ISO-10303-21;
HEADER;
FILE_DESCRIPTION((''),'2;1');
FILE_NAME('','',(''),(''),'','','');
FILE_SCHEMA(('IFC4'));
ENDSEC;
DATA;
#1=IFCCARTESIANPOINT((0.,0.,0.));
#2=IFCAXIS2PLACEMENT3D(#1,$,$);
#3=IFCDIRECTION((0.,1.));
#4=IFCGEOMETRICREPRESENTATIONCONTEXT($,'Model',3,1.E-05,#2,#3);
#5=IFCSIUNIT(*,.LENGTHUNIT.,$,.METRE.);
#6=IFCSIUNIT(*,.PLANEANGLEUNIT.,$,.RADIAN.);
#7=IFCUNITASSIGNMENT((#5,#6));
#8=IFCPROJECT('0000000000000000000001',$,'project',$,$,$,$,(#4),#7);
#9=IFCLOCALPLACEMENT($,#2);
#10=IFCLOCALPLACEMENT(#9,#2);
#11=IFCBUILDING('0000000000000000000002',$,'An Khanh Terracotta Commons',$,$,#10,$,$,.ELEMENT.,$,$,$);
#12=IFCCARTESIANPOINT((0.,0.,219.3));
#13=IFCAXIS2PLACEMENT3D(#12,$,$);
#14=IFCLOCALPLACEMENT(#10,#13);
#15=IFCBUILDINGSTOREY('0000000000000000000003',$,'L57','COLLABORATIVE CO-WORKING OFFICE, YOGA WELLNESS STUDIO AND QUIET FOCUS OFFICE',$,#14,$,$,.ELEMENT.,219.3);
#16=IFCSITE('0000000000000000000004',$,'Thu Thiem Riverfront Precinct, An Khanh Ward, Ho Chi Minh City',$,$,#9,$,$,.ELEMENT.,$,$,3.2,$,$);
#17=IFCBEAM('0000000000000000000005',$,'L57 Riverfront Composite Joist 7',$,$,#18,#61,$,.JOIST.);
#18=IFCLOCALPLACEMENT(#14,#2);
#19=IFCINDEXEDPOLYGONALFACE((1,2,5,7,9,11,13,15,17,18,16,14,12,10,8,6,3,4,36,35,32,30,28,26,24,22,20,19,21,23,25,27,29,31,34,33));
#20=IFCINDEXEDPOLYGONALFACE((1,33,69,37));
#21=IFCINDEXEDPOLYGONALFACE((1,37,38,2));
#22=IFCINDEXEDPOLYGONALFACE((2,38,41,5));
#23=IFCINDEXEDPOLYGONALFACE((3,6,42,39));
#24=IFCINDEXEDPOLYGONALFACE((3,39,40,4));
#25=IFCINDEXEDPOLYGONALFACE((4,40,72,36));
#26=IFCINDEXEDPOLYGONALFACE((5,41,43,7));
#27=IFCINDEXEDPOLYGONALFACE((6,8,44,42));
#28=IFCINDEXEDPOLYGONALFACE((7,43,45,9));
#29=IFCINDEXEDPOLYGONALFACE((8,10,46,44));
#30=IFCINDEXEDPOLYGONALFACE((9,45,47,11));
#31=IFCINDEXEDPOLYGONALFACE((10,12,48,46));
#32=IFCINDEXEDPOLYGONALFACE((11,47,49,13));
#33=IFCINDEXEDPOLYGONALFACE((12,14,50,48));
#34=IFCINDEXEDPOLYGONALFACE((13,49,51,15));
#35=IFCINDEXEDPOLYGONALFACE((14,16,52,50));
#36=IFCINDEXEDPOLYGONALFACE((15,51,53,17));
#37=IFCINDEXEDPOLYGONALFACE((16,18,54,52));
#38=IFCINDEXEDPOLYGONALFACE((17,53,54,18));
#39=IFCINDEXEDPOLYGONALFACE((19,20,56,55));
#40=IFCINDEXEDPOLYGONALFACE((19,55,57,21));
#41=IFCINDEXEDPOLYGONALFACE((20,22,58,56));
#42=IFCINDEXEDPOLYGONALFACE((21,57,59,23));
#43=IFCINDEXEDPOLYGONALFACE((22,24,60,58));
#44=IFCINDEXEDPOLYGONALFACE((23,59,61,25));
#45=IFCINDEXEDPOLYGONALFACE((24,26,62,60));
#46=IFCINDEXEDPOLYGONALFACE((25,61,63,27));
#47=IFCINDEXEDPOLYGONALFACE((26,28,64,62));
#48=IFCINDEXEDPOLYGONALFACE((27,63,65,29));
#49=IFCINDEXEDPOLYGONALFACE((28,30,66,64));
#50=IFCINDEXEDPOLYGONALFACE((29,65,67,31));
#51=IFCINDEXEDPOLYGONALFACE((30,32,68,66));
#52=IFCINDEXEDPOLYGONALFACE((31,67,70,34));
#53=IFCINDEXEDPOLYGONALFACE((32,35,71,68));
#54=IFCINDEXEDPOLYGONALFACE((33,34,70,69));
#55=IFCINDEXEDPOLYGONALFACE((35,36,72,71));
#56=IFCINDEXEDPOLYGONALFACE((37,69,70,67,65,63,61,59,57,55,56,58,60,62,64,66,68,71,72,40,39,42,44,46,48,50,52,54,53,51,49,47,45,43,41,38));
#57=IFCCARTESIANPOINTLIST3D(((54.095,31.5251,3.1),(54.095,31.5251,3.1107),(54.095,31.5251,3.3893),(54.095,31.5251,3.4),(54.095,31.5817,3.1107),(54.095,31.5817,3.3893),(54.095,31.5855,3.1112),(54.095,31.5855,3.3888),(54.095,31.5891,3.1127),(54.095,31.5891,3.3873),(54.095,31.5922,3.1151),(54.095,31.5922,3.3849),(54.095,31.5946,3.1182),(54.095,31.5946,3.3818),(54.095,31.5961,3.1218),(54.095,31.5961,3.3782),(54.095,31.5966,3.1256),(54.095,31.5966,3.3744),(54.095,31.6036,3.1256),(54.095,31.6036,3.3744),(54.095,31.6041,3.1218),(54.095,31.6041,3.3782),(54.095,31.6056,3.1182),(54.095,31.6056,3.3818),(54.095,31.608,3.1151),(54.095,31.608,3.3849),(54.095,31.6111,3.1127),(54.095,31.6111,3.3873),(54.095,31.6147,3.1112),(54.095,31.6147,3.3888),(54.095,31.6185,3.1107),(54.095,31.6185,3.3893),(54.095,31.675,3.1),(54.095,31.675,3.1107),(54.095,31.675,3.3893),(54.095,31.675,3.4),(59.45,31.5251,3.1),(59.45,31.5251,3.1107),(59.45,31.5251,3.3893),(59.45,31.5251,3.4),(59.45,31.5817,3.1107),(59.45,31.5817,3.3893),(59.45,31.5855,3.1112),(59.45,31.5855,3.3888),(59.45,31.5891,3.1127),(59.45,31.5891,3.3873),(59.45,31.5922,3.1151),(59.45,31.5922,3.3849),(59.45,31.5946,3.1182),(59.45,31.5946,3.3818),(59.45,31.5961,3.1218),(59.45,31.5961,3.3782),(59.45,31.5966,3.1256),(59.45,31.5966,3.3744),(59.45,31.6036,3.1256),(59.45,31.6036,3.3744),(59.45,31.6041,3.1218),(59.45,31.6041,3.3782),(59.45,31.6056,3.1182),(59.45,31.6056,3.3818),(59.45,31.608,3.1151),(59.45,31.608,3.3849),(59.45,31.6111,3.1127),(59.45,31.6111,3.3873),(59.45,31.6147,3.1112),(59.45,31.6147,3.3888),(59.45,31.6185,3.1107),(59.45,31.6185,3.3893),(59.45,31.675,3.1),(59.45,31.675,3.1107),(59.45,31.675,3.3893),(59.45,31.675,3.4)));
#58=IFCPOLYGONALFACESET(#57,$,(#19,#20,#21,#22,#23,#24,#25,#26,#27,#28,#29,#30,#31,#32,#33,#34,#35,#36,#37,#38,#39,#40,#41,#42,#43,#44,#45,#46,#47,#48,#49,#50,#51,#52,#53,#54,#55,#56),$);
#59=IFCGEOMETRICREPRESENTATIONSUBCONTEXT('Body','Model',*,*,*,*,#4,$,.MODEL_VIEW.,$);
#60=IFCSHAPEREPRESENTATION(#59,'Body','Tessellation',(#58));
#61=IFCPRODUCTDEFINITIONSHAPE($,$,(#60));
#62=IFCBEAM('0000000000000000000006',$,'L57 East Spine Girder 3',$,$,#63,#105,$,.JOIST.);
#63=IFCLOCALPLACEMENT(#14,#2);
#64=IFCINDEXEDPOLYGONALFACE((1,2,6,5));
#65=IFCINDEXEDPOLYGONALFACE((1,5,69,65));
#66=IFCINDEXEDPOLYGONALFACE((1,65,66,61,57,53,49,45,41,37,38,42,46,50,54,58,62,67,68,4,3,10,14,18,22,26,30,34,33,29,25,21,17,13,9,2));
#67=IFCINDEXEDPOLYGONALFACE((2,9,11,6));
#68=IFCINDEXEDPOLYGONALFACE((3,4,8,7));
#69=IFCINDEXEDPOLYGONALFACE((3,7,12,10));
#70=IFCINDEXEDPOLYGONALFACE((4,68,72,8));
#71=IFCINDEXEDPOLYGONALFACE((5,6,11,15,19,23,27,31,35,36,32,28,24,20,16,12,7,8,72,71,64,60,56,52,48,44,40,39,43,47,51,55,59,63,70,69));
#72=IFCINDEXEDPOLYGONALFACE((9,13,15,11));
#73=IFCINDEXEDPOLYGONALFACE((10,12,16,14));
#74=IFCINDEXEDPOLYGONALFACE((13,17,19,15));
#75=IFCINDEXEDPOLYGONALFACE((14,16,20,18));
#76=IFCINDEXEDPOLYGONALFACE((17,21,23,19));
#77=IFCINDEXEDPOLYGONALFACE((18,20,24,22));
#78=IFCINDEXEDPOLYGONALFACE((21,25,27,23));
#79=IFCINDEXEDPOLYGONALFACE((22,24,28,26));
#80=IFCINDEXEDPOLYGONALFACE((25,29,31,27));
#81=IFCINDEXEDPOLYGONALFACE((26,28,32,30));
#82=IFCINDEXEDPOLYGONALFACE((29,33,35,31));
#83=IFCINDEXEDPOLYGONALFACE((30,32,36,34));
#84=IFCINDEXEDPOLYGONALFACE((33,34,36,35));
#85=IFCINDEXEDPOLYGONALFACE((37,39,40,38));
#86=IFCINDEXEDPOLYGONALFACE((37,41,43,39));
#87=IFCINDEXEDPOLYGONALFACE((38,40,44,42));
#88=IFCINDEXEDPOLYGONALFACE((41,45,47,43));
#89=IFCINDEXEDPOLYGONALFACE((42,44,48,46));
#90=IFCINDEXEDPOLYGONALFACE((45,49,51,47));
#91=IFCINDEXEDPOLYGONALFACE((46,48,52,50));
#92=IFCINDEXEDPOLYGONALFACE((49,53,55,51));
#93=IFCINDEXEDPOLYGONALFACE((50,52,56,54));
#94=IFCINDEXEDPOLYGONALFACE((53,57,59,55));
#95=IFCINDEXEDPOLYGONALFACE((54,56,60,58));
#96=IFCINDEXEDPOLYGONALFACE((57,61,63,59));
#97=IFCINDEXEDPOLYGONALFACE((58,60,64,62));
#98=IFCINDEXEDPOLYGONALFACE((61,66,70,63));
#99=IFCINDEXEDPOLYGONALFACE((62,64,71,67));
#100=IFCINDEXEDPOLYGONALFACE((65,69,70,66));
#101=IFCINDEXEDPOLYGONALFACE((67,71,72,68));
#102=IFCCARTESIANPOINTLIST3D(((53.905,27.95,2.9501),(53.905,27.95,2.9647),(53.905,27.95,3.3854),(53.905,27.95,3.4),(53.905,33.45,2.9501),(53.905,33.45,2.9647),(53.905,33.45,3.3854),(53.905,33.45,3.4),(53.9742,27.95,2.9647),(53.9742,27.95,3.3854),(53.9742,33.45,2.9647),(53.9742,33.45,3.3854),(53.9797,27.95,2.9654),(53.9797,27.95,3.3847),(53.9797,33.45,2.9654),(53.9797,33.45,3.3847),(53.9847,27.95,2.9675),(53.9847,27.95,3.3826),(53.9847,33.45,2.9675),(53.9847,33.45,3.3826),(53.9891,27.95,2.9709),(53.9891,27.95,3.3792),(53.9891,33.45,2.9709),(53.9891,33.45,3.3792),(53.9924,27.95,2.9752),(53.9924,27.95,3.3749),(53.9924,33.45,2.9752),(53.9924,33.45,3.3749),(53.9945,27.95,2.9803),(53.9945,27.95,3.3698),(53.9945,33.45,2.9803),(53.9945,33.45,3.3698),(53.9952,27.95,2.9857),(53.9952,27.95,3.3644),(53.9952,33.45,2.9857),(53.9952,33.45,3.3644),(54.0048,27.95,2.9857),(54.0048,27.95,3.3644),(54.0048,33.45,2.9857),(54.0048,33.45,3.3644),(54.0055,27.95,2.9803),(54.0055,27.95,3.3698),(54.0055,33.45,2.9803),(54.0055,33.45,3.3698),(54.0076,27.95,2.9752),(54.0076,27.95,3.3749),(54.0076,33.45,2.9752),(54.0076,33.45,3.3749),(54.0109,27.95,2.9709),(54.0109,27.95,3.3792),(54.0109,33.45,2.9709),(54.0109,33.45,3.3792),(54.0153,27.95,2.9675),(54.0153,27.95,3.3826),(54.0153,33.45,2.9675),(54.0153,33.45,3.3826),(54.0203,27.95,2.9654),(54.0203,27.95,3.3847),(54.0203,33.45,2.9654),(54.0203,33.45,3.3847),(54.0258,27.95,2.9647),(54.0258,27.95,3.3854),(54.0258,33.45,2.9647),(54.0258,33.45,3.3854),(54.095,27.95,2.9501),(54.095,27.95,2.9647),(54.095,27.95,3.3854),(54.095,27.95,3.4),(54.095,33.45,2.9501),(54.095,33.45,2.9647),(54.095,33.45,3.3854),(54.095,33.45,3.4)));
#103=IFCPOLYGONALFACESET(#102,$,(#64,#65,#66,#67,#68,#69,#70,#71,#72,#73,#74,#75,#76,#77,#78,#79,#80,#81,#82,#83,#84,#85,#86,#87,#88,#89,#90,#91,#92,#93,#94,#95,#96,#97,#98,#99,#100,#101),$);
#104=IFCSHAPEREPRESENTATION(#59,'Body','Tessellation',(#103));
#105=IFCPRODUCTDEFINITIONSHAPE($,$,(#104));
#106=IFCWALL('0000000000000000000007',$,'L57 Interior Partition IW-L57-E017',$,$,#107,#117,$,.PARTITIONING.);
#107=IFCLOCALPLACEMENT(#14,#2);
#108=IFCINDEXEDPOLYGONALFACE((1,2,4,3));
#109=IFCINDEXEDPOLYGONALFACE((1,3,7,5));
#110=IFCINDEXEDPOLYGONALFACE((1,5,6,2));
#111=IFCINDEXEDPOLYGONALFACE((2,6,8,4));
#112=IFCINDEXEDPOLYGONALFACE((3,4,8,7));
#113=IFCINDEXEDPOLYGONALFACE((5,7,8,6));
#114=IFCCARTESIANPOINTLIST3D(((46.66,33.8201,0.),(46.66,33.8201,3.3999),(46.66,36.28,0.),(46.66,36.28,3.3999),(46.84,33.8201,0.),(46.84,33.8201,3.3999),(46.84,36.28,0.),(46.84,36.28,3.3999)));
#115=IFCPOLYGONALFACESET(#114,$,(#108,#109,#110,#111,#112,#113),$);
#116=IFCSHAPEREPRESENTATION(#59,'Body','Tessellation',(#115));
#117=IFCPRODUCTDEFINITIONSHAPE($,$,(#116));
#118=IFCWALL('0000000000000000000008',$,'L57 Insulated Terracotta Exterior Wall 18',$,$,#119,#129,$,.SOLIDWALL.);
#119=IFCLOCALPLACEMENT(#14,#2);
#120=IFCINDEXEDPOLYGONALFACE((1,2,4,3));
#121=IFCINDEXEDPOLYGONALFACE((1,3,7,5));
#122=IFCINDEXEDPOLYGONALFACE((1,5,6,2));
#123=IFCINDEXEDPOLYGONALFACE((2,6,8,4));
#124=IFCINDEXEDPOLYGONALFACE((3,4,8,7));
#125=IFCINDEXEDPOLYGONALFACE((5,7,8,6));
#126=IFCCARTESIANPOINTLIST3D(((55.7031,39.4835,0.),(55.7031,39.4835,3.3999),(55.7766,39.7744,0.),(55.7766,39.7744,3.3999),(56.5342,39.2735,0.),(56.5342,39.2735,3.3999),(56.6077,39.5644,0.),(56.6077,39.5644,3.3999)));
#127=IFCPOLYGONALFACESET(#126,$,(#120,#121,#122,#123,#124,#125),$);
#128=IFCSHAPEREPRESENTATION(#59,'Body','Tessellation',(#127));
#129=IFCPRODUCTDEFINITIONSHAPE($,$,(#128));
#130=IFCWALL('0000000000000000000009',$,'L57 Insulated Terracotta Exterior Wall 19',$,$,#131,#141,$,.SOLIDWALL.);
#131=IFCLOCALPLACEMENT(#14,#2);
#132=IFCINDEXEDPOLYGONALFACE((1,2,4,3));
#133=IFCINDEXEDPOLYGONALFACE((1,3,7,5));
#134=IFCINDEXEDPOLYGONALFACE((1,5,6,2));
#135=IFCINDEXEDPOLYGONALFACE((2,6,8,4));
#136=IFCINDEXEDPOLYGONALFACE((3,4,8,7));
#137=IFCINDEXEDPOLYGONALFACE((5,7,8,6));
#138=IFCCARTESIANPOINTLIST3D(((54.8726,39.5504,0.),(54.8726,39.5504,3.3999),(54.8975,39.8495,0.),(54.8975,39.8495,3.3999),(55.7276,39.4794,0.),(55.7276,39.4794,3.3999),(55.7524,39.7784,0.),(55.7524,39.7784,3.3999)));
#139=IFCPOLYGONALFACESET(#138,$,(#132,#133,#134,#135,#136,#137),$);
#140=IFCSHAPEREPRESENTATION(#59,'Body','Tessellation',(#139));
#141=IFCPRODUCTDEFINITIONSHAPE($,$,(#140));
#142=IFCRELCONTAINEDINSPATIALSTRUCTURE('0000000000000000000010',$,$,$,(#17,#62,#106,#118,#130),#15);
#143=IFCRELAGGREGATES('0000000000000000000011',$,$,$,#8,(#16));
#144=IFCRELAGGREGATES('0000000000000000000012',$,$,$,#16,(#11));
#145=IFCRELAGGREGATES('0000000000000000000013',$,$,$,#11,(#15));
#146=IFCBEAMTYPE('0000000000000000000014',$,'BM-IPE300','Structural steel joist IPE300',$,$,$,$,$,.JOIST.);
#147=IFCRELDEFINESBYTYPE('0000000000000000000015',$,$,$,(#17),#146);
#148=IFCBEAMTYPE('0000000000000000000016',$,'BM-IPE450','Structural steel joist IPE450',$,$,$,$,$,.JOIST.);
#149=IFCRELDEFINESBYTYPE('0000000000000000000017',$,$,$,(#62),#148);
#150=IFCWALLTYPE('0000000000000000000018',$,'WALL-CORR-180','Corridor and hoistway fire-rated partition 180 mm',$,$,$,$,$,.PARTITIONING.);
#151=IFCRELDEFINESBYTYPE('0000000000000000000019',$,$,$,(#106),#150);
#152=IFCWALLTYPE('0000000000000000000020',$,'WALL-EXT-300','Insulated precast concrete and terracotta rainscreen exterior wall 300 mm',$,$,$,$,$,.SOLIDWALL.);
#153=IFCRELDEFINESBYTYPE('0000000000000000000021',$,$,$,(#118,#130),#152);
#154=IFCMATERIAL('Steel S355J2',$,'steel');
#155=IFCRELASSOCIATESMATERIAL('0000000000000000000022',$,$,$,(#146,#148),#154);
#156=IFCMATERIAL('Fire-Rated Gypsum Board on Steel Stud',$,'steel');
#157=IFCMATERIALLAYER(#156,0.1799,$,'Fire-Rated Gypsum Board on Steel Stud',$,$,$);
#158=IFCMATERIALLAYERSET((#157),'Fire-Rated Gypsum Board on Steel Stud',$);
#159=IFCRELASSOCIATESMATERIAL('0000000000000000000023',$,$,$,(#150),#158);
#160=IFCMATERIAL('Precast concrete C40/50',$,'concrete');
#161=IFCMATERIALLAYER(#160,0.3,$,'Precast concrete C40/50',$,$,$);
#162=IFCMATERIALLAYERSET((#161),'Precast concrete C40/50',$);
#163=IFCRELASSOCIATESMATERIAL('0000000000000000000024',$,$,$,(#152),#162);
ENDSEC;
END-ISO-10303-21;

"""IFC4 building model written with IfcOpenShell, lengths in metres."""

from ifc_helpers import new_model, si_unit, direction, frame, frame_2d, origin, origin_2d, place, context, subcontext, project, spatial, rectangle, i_section, extrude, material, layer, layer_set, material_profile, profile_set, type_object, element, save


model = new_model("IFC4")

# Units and contexts
model_context = context("Model", 3, precision=1e-05, world=origin(), true_north=direction((0.0, 1.0)))
body_context = subcontext(model_context, "Body", "Model", "MODEL_VIEW")
ifc_project = project(units=[si_unit("LENGTHUNIT", "METRE"), si_unit("PLANEANGLEUNIT", "RADIAN")], contexts=[model_context])

# Site, building, storey
site_placement = place(None, origin())
site = spatial("IfcSite", under=ifc_project, at=site_placement, Name="Thu Thiem Riverfront Precinct, An Khanh Ward, Ho Chi Minh City", CompositionType="ELEMENT", RefElevation=3.2)
building_placement = place(site_placement, origin())
building = spatial("IfcBuilding", under=site, at=building_placement, Name="An Khanh Terracotta Commons", CompositionType="ELEMENT")
storey_placement = place(building_placement, frame((0.0, 0.0, 219.3)))
storey = spatial("IfcBuildingStorey", under=building, at=storey_placement, Name="L57", Description="COLLABORATIVE CO-WORKING OFFICE, YOGA WELLNESS STUDIO AND QUIET FOCUS OFFICE", CompositionType="ELEMENT", Elevation=219.3)

# Beams
ifc_material_1 = material(Name="Steel S355J2", Category="steel")
ifc_material_profile_1 = material_profile(ifc_material_1, i_section(OverallWidth=0.1499, OverallDepth=0.3, WebThickness=0.0071, FlangeThickness=0.0107, FilletRadius=0.0149, at=origin_2d()), Name="IPE300")
ifc_profile_set_1 = profile_set([ifc_material_profile_1], Name="Steel S355J2")
beam_type_1 = type_object("IfcBeamType", Name="BM-IPE300", Description="Structural steel joist IPE300", PredefinedType="JOIST", material=ifc_profile_set_1)
for number, where, z_axis, x_axis, name in (
    (1, (54.095, 31.6001, 3.25), (1.0, 0.0, 0.0), (0.0, 1.0, 0.0), "L57 Riverfront Composite Joist 7"),
):
    element("IfcBeam", number, at=place(storey_placement, frame(where, z_axis=z_axis, x_axis=x_axis)), inside=storey, type_object=beam_type_1, Name=name, PredefinedType="JOIST", context=body_context, shape_type="SweptSolid", body=[
        extrude(i_section(OverallWidth=0.1499, OverallDepth=0.3, WebThickness=0.0071, FlangeThickness=0.0107, FilletRadius=0.0149, at=origin_2d()), origin(), (0.0, 0.0, 1.0), 5.355),
    ])
ifc_material_profile_2 = material_profile(ifc_material_1, i_section(OverallWidth=0.1899, OverallDepth=0.45, WebThickness=0.0095, FlangeThickness=0.0146, FilletRadius=0.021, at=origin_2d()), Name="IPE450")
ifc_profile_set_2 = profile_set([ifc_material_profile_2], Name="Steel S355J2")
beam_type_2 = type_object("IfcBeamType", Name="BM-IPE450", Description="Structural steel joist IPE450", PredefinedType="JOIST", material=ifc_profile_set_2)
beam_1_placement = place(storey_placement, frame((54.0, 27.95, 3.175), z_axis=(0.0, 1.0, 0.0), x_axis=(-1.0, 0.0, 0.0)))
element("IfcBeam", 2, at=beam_1_placement, inside=storey, type_object=beam_type_2, Name="L57 East Spine Girder 3", PredefinedType="JOIST", context=body_context, shape_type="SweptSolid", body=[
    extrude(i_section(OverallWidth=0.1899, OverallDepth=0.45, WebThickness=0.0095, FlangeThickness=0.0146, FilletRadius=0.021, at=origin_2d()), origin(), (0.0, 0.0, 1.0), 5.5),
])

# Walls
ifc_material_2 = material(Name="Fire-Rated Gypsum Board on Steel Stud", Category="steel")
ifc_layer_1 = layer(ifc_material_2, 0.1799, Name="Fire-Rated Gypsum Board on Steel Stud")
ifc_layer_set_1 = layer_set([ifc_layer_1], Name="Fire-Rated Gypsum Board on Steel Stud")
wall_type_1 = type_object("IfcWallType", Name="WALL-CORR-180", Description="Corridor and hoistway fire-rated partition 180 mm", PredefinedType="PARTITIONING", material=ifc_layer_set_1)
wall_1_placement = place(storey_placement, frame((46.75, 33.8201, 0.0), z_axis=(0.0, 0.0, 1.0), x_axis=(0.0, 1.0, 0.0)))
element("IfcWall", 3, at=wall_1_placement, inside=storey, type_object=wall_type_1, Name="L57 Interior Partition IW-L57-E017", PredefinedType="PARTITIONING", context=body_context, shape_type="SweptSolid", body=[
    extrude(rectangle(XDim=2.46, YDim=0.1799, at=frame_2d((1.23, 0.0))), origin(), (0.0, 0.0, 1.0), 3.3999),
])
ifc_material_3 = material(Name="Precast concrete C40/50", Category="concrete")
ifc_layer_2 = layer(ifc_material_3, 0.3, Name="Precast concrete C40/50")
ifc_layer_set_2 = layer_set([ifc_layer_2], Name="Precast concrete C40/50")
wall_type_2 = type_object("IfcWallType", Name="WALL-EXT-300", Description="Insulated precast concrete and terracotta rainscreen exterior wall 300 mm", PredefinedType="SOLIDWALL", material=ifc_layer_set_2)
wall_2_placement = place(storey_placement, frame((56.571, 39.4189, 0.0), z_axis=(0.0, 0.0, 1.0), x_axis=(-0.969536, 0.244947, 0.0)))
element("IfcWall", 4, at=wall_2_placement, inside=storey, type_object=wall_type_2, Name="L57 Insulated Terracotta Exterior Wall 18", PredefinedType="SOLIDWALL", context=body_context, shape_type="SweptSolid", body=[
    extrude(rectangle(XDim=0.8572, YDim=0.3, at=frame_2d((0.4287, 0.0))), origin(), (0.0, 0.0, 1.0), 3.3999),
])
wall_3_placement = place(storey_placement, frame((55.74, 39.6289, 0.0), z_axis=(0.0, 0.0, 1.0), x_axis=(-0.996565, 0.08281, 0.0)))
element("IfcWall", 5, at=wall_3_placement, inside=storey, type_object=wall_type_2, Name="L57 Insulated Terracotta Exterior Wall 19", PredefinedType="SOLIDWALL", context=body_context, shape_type="SweptSolid", body=[
    extrude(rectangle(XDim=0.8579, YDim=0.3, at=frame_2d((0.429, 0.0))), origin(), (0.0, 0.0, 1.0), 3.3999),
])

save(model, "model.ifc")
